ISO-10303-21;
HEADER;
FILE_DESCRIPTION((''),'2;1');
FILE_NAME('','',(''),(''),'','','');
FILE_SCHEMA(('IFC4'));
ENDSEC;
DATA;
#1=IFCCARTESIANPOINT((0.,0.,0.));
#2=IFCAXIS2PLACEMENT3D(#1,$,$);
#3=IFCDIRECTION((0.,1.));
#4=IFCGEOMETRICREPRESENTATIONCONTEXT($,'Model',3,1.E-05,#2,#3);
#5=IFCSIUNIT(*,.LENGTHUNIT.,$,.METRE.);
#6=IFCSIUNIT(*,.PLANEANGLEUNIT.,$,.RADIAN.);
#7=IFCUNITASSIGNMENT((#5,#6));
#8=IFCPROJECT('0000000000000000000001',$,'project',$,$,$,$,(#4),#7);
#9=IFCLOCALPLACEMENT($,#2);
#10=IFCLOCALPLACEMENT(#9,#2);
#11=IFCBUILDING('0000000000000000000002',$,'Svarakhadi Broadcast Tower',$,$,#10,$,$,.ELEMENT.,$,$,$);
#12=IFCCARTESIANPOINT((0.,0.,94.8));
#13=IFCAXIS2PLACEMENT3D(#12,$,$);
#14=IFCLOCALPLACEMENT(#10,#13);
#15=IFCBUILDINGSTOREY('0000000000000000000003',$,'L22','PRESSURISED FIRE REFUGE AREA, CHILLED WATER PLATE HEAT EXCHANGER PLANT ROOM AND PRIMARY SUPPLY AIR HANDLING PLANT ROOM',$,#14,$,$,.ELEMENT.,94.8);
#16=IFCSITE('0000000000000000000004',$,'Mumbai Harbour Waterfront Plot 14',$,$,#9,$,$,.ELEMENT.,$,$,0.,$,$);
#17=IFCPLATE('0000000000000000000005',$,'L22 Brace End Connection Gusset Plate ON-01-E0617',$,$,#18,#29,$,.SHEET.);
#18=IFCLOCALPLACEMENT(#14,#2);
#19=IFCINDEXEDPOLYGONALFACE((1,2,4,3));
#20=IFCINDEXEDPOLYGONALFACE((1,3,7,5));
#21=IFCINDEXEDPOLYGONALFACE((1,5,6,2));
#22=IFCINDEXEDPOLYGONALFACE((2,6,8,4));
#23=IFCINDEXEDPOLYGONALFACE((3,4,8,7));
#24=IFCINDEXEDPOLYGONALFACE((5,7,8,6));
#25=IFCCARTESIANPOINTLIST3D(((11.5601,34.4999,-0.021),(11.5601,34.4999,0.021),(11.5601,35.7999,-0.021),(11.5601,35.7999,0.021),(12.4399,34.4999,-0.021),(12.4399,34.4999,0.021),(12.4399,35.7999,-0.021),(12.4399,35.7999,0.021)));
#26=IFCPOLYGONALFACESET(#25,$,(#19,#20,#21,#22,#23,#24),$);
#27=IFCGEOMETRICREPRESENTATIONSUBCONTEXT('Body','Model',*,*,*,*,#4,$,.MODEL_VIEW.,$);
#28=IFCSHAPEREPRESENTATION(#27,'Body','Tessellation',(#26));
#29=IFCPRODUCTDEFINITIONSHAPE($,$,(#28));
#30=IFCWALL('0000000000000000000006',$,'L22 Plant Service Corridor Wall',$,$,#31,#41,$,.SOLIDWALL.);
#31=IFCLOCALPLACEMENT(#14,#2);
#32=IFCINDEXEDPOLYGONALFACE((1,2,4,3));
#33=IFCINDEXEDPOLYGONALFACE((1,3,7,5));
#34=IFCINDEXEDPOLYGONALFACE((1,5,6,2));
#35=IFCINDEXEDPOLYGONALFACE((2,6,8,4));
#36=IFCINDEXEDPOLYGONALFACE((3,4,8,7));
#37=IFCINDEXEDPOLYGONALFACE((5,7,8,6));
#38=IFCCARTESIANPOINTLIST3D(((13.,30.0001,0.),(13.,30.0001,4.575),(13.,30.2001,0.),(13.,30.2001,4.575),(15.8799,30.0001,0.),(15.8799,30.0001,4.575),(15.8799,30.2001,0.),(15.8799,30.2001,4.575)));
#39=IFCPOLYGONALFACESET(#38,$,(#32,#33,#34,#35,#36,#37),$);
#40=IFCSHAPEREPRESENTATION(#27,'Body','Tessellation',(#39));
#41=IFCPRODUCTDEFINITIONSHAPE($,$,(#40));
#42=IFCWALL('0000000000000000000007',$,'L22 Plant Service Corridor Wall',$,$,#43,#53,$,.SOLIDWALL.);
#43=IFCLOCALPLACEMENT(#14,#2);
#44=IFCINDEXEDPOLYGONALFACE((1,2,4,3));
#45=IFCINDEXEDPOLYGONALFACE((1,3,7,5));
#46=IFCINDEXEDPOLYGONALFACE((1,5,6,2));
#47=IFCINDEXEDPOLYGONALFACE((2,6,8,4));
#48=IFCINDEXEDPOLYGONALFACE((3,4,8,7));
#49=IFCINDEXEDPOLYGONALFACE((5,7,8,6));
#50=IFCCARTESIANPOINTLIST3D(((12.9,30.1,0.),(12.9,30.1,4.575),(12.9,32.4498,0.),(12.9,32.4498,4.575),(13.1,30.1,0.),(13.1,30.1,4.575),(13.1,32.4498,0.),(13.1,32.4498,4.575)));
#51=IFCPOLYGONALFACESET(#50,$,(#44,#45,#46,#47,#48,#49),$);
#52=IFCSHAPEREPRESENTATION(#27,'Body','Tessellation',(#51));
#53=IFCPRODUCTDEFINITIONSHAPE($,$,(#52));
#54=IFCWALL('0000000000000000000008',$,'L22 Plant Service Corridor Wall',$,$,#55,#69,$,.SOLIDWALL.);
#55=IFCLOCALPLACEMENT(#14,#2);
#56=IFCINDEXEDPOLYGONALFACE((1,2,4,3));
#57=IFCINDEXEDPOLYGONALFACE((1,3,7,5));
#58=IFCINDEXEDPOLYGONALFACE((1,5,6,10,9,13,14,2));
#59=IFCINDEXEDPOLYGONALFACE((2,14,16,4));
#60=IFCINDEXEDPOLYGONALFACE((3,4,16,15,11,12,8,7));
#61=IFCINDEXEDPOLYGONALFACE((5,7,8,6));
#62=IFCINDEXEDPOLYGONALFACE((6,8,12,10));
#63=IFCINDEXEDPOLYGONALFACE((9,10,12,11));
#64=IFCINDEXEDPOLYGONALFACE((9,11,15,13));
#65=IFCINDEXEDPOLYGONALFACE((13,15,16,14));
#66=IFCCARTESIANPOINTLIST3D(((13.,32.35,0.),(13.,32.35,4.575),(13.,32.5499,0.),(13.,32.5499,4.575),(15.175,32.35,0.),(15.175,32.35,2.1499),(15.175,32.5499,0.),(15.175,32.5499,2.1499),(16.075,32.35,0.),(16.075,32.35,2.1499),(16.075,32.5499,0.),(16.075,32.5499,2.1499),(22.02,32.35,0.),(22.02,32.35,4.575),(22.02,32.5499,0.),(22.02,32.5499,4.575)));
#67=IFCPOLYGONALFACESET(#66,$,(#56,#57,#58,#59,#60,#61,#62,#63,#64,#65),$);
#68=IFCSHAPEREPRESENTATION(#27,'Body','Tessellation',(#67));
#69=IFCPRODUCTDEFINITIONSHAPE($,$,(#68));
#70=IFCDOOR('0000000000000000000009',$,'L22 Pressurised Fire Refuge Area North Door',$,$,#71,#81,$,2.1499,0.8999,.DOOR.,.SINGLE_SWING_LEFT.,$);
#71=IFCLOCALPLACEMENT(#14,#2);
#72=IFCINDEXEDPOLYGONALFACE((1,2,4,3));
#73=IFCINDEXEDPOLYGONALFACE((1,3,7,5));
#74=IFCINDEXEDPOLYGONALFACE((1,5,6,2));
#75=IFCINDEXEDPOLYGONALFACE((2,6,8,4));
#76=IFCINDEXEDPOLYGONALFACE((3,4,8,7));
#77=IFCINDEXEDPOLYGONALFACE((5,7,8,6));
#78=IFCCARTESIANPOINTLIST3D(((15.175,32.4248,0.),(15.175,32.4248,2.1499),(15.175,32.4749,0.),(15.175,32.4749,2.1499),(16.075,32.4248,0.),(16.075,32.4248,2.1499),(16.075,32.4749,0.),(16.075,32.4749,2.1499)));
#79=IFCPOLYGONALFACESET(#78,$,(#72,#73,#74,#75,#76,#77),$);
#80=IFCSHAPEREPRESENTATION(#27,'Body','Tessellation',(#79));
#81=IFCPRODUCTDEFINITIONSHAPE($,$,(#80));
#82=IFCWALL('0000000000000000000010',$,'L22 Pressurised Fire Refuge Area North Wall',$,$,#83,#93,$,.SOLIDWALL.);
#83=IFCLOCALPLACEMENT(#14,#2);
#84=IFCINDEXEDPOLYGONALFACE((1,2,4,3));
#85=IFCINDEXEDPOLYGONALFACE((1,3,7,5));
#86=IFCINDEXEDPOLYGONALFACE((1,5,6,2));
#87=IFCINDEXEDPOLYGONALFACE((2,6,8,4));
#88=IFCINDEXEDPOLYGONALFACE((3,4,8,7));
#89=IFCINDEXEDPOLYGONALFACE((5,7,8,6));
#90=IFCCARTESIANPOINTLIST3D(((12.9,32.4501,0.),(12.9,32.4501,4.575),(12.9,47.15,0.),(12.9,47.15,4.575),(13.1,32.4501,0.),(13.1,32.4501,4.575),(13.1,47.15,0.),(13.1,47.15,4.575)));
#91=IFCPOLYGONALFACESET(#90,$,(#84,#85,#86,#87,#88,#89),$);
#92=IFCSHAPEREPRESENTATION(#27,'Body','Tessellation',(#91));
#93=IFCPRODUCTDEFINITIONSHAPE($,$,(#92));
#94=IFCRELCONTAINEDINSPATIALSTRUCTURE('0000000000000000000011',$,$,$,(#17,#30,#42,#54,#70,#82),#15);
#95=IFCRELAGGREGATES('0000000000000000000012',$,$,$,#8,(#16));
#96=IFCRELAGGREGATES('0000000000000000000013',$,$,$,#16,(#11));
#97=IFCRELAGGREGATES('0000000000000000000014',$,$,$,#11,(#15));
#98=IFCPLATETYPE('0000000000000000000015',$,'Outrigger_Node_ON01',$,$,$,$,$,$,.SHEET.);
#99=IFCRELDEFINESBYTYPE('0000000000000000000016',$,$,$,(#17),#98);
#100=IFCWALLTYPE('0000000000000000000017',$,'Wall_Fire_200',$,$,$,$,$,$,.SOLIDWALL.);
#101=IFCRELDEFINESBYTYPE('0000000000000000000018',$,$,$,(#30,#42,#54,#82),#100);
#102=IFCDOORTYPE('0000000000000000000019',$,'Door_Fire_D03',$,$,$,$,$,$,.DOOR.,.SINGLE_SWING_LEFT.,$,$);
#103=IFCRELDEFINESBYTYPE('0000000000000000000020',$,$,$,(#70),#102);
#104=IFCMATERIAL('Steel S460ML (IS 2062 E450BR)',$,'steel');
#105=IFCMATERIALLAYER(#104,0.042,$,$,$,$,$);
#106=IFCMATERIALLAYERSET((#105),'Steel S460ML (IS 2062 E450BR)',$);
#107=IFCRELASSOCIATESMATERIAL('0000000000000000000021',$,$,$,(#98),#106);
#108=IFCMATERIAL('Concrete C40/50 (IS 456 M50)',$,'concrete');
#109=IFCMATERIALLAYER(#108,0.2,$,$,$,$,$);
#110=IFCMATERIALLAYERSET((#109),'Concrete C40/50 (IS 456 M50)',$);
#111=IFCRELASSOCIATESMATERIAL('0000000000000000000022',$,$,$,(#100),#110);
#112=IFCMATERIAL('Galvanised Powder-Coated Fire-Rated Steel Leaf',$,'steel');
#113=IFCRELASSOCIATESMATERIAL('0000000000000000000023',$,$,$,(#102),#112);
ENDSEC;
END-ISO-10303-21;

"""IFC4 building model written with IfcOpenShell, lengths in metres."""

from ifc_helpers import new_model, si_unit, direction, frame, frame_2d, origin, origin_2d, place, context, subcontext, project, spatial, rectangle, extrude, material, layer, layer_set, type_object, element, fill, save


model = new_model("IFC4")

# Units and contexts
model_context = context("Model", 3, precision=1e-05, world=origin(), true_north=direction((0.0, 1.0)))
body_context = subcontext(model_context, "Body", "Model", "MODEL_VIEW")
ifc_project = project(units=[si_unit("LENGTHUNIT", "METRE"), si_unit("PLANEANGLEUNIT", "RADIAN")], contexts=[model_context])

# Site, building, storey
site_placement = place(None, origin())
site = spatial("IfcSite", under=ifc_project, at=site_placement, Name="Mumbai Harbour Waterfront Plot 14", CompositionType="ELEMENT", RefElevation=0.0)
building_placement = place(site_placement, origin())
building = spatial("IfcBuilding", under=site, at=building_placement, Name="Svarakhadi Broadcast Tower", CompositionType="ELEMENT")
storey_placement = place(building_placement, frame((0.0, 0.0, 94.8)))
storey = spatial("IfcBuildingStorey", under=building, at=storey_placement, Name="L22", Description="PRESSURISED FIRE REFUGE AREA, CHILLED WATER PLATE HEAT EXCHANGER PLANT ROOM AND PRIMARY SUPPLY AIR HANDLING PLANT ROOM", CompositionType="ELEMENT", Elevation=94.8)

# Shared definitions
ifc_material_1 = material(Name="Steel S460ML (IS 2062 E450BR)", Category="steel")

# Plate
ifc_layer_1 = layer(ifc_material_1, 0.042)
ifc_layer_set_1 = layer_set([ifc_layer_1], Name="Steel S460ML (IS 2062 E450BR)")
plate_type = type_object("IfcPlateType", Name="Outrigger_Node_ON01", PredefinedType="SHEET", material=ifc_layer_set_1)
for number, where, z_axis, x_axis, name in (
    (1, (12.0, 35.1499, -0.021), (0.0, 0.0, 1.0), (0.0, 1.0, 0.0), "L22 Brace End Connection Gusset Plate ON-01-E0617"),
):
    element("IfcPlate", number, at=place(storey_placement, frame(where, z_axis=z_axis, x_axis=x_axis)), inside=storey, type_object=plate_type, Name=name, PredefinedType="SHEET", context=body_context, shape_type="SweptSolid", body=[
        extrude(rectangle(XDim=1.3, YDim=0.8799, at=origin_2d()), origin(), (0.0, 0.0, 1.0), 0.042),
    ])

# Walls
ifc_material_2 = material(Name="Concrete C40/50 (IS 456 M50)", Category="concrete")
ifc_layer_2 = layer(ifc_material_2, 0.2)
ifc_layer_set_2 = layer_set([ifc_layer_2], Name="Concrete C40/50 (IS 456 M50)")
wall_type = type_object("IfcWallType", Name="Wall_Fire_200", PredefinedType="SOLIDWALL", material=ifc_layer_set_2)
wall_1_placement = place(storey_placement, frame((15.8799, 30.1001, 0.0), z_axis=(0.0, 0.0, 1.0), x_axis=(-1.0, 0.0, 0.0)))
element("IfcWall", 2, at=wall_1_placement, inside=storey, type_object=wall_type, Name="L22 Plant Service Corridor Wall", PredefinedType="SOLIDWALL", context=body_context, shape_type="SweptSolid", body=[
    extrude(rectangle(XDim=2.8799, YDim=0.2, at=frame_2d((1.4399, 0.0))), origin(), (0.0, 0.0, 1.0), 4.575),
])
wall_2_placement = place(storey_placement, frame((13.0, 30.1001, 0.0), z_axis=(0.0, 0.0, 1.0), x_axis=(0.0, 1.0, 0.0)))
element("IfcWall", 3, at=wall_2_placement, inside=storey, type_object=wall_type, Name="L22 Plant Service Corridor Wall", PredefinedType="SOLIDWALL", context=body_context, shape_type="SweptSolid", body=[
    extrude(rectangle(XDim=2.3499, YDim=0.2, at=frame_2d((1.1748, 0.0))), origin(), (0.0, 0.0, 1.0), 4.575),
])

# Wall, opening, door
wall_3_placement = place(storey_placement, frame((13.0, 32.45, 0.0), z_axis=(0.0, 0.0, 1.0), x_axis=(1.0, 0.0, 0.0)))
wall_3 = element("IfcWall", 4, at=wall_3_placement, inside=storey, type_object=wall_type, Name="L22 Plant Service Corridor Wall", PredefinedType="SOLIDWALL", context=body_context, shape_type="SweptSolid", body=[
    extrude(rectangle(XDim=9.02, YDim=0.2, at=frame_2d((4.51, 0.0))), origin(), (0.0, 0.0, 1.0), 4.575),
])
opening_placement = place(wall_3_placement, frame((2.175, 0.0, 0.0)))
opening = element("IfcOpeningElement", 5, at=opening_placement, cuts=wall_3, PredefinedType="OPENING", context=body_context, shape_type="SweptSolid", body=[
    extrude(rectangle(XDim=0.8999, YDim=2.1499, at=frame_2d((0.45, 1.075))), frame((0.0, 0.1099, 0.0), z_axis=(0.0, -1.0, 0.0), x_axis=(1.0, 0.0, 0.0)), (0.0, 0.0, 1.0), 0.22),
])
ifc_material_3 = material(Name="Galvanised Powder-Coated Fire-Rated Steel Leaf", Category="steel")
door_type = type_object("IfcDoorType", Name="Door_Fire_D03", OperationType="SINGLE_SWING_LEFT", PredefinedType="DOOR", material=ifc_material_3)
door_placement = place(opening_placement, origin())
door = element("IfcDoor", 6, at=door_placement, inside=storey, type_object=door_type, Name="L22 Pressurised Fire Refuge Area North Door", OperationType="SINGLE_SWING_LEFT", OverallHeight=2.1499, OverallWidth=0.8999, PredefinedType="DOOR", context=body_context, shape_type="SweptSolid", body=[
    extrude(rectangle(XDim=0.8999, YDim=2.1499, at=frame_2d((0.45, 1.075))), frame((0.0, 0.0249, 0.0), z_axis=(0.0, -1.0, 0.0), x_axis=(1.0, 0.0, 0.0)), (0.0, 0.0, 1.0), 0.05),
])
fill(opening, door)

# Wall
wall_4_placement = place(storey_placement, frame((13.0, 32.45, 0.0), z_axis=(0.0, 0.0, 1.0), x_axis=(0.0, 1.0, 0.0)))
element("IfcWall", 7, at=wall_4_placement, inside=storey, type_object=wall_type, Name="L22 Pressurised Fire Refuge Area North Wall", PredefinedType="SOLIDWALL", context=body_context, shape_type="SweptSolid", body=[
    extrude(rectangle(XDim=14.7, YDim=0.2, at=frame_2d((7.3501, 0.0))), origin(), (0.0, 0.0, 1.0), 4.575),
])

save(model, "model.ifc")
